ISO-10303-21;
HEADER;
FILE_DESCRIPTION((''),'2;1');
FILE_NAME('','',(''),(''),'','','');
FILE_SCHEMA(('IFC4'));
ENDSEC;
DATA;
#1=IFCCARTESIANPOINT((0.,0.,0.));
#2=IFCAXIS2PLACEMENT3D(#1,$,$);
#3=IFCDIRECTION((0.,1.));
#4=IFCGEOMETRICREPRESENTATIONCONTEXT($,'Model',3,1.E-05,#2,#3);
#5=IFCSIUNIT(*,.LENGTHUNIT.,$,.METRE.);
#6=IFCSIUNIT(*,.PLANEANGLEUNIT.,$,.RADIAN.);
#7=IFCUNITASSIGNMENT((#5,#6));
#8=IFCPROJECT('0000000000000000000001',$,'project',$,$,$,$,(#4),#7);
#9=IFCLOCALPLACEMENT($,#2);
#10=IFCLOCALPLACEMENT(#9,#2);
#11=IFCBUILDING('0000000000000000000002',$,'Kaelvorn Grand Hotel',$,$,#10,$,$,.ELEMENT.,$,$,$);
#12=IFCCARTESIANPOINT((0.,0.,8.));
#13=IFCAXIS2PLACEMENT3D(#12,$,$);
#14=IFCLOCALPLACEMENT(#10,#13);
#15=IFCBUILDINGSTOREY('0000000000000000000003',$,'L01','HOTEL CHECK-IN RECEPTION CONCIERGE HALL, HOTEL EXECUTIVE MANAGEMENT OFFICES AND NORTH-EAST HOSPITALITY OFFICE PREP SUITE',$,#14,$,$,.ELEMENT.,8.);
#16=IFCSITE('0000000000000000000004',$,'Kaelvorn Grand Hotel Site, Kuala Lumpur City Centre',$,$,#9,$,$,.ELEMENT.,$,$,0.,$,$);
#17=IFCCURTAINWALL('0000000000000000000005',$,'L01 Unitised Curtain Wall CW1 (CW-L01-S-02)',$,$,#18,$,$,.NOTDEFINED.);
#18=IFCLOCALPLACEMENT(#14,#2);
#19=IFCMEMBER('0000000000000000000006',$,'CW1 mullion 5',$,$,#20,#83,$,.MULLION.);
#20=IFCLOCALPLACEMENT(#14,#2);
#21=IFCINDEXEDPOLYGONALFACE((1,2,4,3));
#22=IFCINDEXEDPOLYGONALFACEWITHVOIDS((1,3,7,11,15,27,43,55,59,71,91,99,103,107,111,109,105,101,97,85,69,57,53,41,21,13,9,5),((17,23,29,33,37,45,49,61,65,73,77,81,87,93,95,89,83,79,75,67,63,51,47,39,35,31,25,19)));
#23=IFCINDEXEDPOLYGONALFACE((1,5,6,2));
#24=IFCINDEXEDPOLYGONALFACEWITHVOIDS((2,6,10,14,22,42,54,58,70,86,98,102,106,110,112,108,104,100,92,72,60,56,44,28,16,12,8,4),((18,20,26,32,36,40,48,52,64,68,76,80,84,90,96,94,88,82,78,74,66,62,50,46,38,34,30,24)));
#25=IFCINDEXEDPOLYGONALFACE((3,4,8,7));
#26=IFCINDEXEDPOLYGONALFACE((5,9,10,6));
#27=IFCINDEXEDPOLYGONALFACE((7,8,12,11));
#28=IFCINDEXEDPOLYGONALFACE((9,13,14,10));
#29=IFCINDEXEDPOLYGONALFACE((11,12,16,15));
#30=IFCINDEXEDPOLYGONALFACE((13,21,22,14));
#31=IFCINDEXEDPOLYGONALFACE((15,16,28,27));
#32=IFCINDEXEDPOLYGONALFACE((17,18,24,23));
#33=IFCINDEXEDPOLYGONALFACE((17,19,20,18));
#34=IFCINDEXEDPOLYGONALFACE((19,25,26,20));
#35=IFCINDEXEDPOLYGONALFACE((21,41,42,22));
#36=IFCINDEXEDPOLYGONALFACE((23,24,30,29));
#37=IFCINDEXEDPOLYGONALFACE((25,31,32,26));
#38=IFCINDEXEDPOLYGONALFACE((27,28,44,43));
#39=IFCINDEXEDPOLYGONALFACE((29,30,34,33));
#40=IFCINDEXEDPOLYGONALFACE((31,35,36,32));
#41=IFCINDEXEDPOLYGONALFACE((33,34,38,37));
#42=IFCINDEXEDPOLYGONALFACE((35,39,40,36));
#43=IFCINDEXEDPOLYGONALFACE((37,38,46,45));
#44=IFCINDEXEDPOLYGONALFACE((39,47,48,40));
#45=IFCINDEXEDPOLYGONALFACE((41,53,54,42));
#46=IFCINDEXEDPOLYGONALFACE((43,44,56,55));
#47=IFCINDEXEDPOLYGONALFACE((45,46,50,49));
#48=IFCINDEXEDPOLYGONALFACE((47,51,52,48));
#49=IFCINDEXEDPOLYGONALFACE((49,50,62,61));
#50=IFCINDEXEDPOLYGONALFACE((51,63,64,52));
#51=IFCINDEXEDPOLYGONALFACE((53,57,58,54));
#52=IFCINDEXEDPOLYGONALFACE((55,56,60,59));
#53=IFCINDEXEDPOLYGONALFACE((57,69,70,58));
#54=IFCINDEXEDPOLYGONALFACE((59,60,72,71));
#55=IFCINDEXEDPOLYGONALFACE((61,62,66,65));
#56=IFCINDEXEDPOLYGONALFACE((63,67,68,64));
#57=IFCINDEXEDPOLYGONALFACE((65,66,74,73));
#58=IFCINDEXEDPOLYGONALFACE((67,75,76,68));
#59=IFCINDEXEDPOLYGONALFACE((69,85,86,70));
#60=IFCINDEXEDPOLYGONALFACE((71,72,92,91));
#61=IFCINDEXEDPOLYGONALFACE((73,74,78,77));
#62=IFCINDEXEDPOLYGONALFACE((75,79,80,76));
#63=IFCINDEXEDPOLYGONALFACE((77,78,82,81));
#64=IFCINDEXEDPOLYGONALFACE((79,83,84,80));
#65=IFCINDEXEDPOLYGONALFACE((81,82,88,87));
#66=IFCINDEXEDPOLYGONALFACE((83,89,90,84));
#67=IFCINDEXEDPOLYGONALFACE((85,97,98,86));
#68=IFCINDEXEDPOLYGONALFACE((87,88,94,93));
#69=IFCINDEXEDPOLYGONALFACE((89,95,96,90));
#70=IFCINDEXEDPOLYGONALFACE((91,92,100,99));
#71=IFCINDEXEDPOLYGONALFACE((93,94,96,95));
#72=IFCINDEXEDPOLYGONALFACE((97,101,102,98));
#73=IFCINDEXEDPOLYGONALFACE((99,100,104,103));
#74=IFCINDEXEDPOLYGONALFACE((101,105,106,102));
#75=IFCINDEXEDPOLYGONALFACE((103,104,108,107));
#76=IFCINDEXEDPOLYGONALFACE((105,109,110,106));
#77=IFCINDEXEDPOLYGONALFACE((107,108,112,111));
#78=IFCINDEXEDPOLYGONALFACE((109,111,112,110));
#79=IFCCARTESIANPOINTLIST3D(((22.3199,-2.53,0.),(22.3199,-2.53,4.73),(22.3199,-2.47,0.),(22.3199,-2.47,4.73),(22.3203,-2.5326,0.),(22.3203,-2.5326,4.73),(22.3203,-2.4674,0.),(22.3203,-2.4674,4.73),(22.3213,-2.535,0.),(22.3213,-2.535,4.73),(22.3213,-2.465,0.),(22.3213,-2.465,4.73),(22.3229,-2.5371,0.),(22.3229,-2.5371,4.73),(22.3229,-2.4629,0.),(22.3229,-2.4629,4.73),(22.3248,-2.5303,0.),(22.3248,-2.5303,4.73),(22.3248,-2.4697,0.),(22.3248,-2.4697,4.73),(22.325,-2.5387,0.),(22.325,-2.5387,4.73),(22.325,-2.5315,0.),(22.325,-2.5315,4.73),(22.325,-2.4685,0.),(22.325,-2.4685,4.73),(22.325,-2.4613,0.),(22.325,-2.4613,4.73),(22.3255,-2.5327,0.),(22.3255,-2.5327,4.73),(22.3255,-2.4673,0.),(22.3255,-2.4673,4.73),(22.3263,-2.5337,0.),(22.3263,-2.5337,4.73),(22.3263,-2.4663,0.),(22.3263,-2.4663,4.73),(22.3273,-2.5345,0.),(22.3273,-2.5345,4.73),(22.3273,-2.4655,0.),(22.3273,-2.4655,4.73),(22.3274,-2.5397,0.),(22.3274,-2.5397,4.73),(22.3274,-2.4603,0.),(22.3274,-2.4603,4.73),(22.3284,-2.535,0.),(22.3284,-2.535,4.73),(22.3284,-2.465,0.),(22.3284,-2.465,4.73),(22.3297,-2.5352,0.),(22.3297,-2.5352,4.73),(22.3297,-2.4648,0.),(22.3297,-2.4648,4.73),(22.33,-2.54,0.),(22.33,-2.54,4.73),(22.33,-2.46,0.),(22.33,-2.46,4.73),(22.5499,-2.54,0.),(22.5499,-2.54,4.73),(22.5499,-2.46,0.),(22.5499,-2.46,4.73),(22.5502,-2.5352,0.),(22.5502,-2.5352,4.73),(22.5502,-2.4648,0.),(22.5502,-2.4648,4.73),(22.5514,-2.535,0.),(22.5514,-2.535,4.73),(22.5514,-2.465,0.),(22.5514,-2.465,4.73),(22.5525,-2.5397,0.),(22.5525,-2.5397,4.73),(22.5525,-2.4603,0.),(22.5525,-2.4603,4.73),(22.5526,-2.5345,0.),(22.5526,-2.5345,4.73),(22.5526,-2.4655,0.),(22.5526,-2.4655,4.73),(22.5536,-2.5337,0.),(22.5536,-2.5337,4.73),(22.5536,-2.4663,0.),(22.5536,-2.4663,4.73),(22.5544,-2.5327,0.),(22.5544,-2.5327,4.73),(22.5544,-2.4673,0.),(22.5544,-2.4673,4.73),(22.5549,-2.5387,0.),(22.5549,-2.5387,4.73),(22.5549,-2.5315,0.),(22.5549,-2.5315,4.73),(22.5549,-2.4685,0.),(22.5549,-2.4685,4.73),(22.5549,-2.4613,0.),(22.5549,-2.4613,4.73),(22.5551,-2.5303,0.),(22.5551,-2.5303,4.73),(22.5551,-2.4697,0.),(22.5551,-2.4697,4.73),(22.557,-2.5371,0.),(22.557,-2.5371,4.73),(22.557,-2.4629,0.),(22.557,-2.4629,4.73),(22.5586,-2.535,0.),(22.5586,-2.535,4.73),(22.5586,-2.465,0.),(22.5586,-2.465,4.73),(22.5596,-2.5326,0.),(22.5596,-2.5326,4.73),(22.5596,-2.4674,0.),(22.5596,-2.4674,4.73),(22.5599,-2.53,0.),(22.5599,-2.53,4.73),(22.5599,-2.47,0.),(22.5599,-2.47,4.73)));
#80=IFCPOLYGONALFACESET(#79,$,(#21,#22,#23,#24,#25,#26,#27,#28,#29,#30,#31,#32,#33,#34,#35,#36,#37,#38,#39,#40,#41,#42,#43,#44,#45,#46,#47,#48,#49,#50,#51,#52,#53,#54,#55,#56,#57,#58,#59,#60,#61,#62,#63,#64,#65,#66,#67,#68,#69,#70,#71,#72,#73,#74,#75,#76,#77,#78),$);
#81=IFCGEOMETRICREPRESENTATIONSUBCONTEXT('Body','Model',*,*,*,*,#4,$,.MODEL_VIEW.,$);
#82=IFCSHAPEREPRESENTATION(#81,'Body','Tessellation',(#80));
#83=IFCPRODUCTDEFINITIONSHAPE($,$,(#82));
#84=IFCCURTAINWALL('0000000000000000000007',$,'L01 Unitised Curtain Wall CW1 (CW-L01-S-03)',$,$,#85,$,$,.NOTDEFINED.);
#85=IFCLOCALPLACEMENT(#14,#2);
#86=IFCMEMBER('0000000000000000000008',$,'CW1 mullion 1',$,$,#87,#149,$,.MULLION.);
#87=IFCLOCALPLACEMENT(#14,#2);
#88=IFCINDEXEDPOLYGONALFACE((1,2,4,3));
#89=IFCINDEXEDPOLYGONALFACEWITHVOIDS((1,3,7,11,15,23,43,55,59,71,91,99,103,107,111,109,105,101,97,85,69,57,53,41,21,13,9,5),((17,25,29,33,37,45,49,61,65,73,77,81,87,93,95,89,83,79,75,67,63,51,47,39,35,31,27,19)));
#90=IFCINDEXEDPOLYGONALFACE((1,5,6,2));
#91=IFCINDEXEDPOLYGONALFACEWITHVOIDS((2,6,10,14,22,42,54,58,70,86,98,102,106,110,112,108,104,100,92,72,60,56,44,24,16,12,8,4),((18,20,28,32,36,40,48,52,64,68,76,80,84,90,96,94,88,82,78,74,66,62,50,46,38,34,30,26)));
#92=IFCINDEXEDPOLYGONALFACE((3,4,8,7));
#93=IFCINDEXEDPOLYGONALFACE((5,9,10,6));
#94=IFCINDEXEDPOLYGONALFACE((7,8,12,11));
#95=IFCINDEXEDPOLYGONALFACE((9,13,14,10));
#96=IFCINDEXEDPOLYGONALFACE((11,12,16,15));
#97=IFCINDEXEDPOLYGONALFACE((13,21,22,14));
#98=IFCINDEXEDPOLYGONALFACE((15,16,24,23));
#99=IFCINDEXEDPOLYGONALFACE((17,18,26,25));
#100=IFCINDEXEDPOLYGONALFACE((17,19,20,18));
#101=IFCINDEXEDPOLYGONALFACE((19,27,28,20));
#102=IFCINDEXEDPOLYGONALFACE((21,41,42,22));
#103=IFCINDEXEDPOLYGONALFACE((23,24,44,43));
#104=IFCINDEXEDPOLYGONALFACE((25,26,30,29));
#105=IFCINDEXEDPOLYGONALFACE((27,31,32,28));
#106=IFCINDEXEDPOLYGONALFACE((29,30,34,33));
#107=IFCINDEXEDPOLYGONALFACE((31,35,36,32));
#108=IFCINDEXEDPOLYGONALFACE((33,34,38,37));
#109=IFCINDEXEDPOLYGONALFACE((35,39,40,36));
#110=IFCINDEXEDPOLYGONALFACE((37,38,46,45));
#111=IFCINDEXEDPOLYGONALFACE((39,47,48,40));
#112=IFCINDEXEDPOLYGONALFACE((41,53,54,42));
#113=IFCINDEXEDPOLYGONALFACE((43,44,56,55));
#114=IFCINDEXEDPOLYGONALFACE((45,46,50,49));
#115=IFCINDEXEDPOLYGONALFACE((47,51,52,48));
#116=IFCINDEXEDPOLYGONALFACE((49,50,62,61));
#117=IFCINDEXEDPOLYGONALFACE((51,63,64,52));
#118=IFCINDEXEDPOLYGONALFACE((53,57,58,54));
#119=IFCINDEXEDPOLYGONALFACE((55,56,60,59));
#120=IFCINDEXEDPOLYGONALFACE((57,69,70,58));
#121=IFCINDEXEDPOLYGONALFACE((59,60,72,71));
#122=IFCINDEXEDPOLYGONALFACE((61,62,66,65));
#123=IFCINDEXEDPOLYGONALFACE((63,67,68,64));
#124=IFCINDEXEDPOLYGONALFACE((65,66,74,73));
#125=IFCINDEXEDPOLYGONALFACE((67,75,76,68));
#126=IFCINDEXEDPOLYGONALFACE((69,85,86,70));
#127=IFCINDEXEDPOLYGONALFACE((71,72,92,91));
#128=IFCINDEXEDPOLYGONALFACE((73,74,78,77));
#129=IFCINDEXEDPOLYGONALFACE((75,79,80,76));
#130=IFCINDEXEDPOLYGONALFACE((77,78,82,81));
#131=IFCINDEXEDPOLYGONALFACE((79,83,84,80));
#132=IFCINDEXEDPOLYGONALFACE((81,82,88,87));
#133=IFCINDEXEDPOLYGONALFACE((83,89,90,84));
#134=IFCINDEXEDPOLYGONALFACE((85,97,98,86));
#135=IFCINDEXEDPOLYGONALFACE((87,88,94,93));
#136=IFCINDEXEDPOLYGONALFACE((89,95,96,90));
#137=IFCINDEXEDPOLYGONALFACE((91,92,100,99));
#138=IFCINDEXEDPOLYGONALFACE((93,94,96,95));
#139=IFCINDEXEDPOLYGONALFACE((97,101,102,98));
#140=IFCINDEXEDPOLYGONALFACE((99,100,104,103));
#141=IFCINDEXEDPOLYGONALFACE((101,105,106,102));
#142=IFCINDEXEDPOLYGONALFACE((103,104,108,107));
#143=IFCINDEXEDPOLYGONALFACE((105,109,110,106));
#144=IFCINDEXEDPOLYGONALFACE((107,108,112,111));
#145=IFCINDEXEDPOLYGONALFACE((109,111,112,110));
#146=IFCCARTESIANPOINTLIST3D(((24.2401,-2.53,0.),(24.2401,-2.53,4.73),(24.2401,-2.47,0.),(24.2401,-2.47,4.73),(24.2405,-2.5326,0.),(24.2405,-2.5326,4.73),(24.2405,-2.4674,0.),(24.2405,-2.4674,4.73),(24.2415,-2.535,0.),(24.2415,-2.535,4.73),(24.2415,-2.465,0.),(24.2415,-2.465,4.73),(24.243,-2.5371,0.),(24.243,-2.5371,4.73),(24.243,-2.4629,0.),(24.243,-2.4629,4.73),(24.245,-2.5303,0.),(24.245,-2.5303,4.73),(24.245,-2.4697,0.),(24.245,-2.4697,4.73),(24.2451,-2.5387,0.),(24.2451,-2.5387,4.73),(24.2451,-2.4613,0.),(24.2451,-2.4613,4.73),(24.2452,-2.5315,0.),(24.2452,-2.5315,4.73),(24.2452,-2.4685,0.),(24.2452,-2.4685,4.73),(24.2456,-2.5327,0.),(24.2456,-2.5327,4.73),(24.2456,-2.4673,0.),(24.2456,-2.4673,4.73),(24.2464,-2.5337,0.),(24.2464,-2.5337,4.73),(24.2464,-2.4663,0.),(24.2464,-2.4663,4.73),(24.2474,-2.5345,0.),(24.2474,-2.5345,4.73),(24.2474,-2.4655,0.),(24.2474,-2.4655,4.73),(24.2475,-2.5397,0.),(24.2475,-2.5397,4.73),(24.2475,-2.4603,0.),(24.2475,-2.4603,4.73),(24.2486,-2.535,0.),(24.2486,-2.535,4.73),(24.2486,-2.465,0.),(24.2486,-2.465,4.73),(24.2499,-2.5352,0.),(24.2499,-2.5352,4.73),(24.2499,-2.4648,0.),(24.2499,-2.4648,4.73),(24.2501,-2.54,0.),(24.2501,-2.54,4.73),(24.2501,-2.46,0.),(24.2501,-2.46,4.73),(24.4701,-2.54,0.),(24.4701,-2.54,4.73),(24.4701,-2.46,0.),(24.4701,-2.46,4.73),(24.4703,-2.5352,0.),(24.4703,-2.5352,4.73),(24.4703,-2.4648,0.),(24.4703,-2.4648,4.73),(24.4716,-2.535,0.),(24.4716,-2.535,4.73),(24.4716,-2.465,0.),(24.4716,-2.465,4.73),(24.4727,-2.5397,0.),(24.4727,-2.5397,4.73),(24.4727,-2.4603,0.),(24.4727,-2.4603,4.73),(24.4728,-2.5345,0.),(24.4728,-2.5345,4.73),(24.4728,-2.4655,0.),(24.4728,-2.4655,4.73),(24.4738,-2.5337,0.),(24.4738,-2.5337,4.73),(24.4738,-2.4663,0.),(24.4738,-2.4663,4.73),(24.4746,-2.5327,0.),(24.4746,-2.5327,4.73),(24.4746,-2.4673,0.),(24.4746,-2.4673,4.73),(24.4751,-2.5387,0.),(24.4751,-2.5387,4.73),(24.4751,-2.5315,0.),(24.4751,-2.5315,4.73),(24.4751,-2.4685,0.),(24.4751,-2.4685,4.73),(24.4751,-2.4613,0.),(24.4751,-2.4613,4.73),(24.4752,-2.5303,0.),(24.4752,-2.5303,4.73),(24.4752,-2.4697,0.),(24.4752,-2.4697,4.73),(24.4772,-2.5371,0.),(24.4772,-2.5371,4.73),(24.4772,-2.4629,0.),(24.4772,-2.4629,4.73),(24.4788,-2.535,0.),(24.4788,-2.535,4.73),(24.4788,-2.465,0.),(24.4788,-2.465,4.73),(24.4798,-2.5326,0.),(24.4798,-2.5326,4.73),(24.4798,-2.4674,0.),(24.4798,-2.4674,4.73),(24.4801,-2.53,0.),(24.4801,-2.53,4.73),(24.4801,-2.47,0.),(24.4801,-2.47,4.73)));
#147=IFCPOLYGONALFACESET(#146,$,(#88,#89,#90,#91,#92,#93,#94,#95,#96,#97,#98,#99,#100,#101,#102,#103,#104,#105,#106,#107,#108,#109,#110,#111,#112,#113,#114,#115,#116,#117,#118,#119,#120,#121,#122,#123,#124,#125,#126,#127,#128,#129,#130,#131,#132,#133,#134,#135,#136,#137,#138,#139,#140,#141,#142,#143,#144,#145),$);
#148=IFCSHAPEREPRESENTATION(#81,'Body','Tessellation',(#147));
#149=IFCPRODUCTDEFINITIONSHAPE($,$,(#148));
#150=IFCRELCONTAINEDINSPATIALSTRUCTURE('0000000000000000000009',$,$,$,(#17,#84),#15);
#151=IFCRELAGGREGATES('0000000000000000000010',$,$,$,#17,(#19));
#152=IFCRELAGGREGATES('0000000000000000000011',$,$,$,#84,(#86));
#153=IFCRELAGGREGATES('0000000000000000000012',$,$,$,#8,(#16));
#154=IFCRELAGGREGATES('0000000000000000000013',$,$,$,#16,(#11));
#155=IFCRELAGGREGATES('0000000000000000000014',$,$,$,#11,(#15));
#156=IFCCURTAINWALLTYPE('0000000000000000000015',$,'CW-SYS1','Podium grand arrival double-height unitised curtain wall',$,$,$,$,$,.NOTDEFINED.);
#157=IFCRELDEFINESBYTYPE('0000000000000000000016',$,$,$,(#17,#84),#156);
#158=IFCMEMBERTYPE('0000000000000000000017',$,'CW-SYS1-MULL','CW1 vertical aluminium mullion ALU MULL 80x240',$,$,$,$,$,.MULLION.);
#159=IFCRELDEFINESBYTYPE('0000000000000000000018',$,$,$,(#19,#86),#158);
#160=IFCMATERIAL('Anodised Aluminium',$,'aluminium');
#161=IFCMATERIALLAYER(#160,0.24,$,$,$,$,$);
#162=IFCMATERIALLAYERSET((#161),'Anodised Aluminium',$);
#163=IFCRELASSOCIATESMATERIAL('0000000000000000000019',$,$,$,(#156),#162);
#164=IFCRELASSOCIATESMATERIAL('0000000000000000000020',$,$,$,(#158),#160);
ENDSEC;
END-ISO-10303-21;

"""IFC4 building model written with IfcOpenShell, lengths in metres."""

from ifc_helpers import new_model, si_unit, direction, frame, origin, origin_2d, place, context, subcontext, project, spatial, hollow_rectangle, extrude, material, layer, layer_set, material_profile, profile_set, type_object, element, aggregate, save


model = new_model("IFC4")

# Units and contexts
model_context = context("Model", 3, precision=1e-05, world=origin(), true_north=direction((0.0, 1.0)))
body_context = subcontext(model_context, "Body", "Model", "MODEL_VIEW")
ifc_project = project(units=[si_unit("LENGTHUNIT", "METRE"), si_unit("PLANEANGLEUNIT", "RADIAN")], contexts=[model_context])

# Site, building, storey
site_placement = place(None, origin())
site = spatial("IfcSite", under=ifc_project, at=site_placement, Name="Kaelvorn Grand Hotel Site, Kuala Lumpur City Centre", CompositionType="ELEMENT", RefElevation=0.0)
building_placement = place(site_placement, origin())
building = spatial("IfcBuilding", under=site, at=building_placement, Name="Kaelvorn Grand Hotel", CompositionType="ELEMENT")
storey_placement = place(building_placement, frame((0.0, 0.0, 8.0)))
storey = spatial("IfcBuildingStorey", under=building, at=storey_placement, Name="L01", Description="HOTEL CHECK-IN RECEPTION CONCIERGE HALL, HOTEL EXECUTIVE MANAGEMENT OFFICES AND NORTH-EAST HOSPITALITY OFFICE PREP SUITE", CompositionType="ELEMENT", Elevation=8.0)

# Curtain walls, members
ifc_material_1 = material(Name="Anodised Aluminium", Category="aluminium")
ifc_layer_1 = layer(ifc_material_1, 0.24)
ifc_layer_set_1 = layer_set([ifc_layer_1], Name="Anodised Aluminium")
curtain_wall_type = type_object("IfcCurtainWallType", Name="CW-SYS1", Description="Podium grand arrival double-height unitised curtain wall", PredefinedType="NOTDEFINED", material=ifc_layer_set_1)
curtain_wall_1_placement = place(storey_placement, origin())
curtain_wall_1 = element("IfcCurtainWall", 1, at=curtain_wall_1_placement, inside=storey, type_object=curtain_wall_type, Name="L01 Unitised Curtain Wall CW1 (CW-L01-S-02)", PredefinedType="NOTDEFINED")
ifc_material_profile_1 = material_profile(ifc_material_1, hollow_rectangle(XDim=0.0801, YDim=0.24, WallThickness=0.0049, InnerFilletRadius=0.0049, OuterFilletRadius=0.01, at=origin_2d()), Name="ALU MULL 80x240")
ifc_profile_set_1 = profile_set([ifc_material_profile_1], Name="Anodised Aluminium")
member_type_1 = type_object("IfcMemberType", Name="CW-SYS1-MULL", Description="CW1 vertical aluminium mullion ALU MULL 80x240", PredefinedType="MULLION", material=ifc_profile_set_1)
member_1_placement = place(storey_placement, frame((22.4399, -2.5, 0.0), z_axis=(0.0, 0.0, 1.0), x_axis=(0.0, 1.0, 0.0)))
member_1 = element("IfcMember", 2, at=member_1_placement, type_object=member_type_1, Name="CW1 mullion 5", PredefinedType="MULLION", context=body_context, shape_type="SweptSolid", body=[
    extrude(hollow_rectangle(XDim=0.0801, YDim=0.24, WallThickness=0.0049, InnerFilletRadius=0.0049, OuterFilletRadius=0.01, at=origin_2d()), origin(), (0.0, 0.0, 1.0), 4.73),
])
curtain_wall_2_placement = place(storey_placement, origin())
curtain_wall_2 = element("IfcCurtainWall", 3, at=curtain_wall_2_placement, inside=storey, type_object=curtain_wall_type, Name="L01 Unitised Curtain Wall CW1 (CW-L01-S-03)", PredefinedType="NOTDEFINED")
member_2_placement = place(storey_placement, frame((24.3601, -2.5, 0.0), z_axis=(0.0, 0.0, 1.0), x_axis=(0.0, 1.0, 0.0)))
member_2 = element("IfcMember", 4, at=member_2_placement, type_object=member_type_1, Name="CW1 mullion 1", PredefinedType="MULLION", context=body_context, shape_type="SweptSolid", body=[
    extrude(hollow_rectangle(XDim=0.0801, YDim=0.24, WallThickness=0.0049, InnerFilletRadius=0.0049, OuterFilletRadius=0.01, at=origin_2d()), origin(), (0.0, 0.0, 1.0), 4.73),
])

aggregate(curtain_wall_1, [member_1])
aggregate(curtain_wall_2, [member_2])

save(model, "model.ifc")
